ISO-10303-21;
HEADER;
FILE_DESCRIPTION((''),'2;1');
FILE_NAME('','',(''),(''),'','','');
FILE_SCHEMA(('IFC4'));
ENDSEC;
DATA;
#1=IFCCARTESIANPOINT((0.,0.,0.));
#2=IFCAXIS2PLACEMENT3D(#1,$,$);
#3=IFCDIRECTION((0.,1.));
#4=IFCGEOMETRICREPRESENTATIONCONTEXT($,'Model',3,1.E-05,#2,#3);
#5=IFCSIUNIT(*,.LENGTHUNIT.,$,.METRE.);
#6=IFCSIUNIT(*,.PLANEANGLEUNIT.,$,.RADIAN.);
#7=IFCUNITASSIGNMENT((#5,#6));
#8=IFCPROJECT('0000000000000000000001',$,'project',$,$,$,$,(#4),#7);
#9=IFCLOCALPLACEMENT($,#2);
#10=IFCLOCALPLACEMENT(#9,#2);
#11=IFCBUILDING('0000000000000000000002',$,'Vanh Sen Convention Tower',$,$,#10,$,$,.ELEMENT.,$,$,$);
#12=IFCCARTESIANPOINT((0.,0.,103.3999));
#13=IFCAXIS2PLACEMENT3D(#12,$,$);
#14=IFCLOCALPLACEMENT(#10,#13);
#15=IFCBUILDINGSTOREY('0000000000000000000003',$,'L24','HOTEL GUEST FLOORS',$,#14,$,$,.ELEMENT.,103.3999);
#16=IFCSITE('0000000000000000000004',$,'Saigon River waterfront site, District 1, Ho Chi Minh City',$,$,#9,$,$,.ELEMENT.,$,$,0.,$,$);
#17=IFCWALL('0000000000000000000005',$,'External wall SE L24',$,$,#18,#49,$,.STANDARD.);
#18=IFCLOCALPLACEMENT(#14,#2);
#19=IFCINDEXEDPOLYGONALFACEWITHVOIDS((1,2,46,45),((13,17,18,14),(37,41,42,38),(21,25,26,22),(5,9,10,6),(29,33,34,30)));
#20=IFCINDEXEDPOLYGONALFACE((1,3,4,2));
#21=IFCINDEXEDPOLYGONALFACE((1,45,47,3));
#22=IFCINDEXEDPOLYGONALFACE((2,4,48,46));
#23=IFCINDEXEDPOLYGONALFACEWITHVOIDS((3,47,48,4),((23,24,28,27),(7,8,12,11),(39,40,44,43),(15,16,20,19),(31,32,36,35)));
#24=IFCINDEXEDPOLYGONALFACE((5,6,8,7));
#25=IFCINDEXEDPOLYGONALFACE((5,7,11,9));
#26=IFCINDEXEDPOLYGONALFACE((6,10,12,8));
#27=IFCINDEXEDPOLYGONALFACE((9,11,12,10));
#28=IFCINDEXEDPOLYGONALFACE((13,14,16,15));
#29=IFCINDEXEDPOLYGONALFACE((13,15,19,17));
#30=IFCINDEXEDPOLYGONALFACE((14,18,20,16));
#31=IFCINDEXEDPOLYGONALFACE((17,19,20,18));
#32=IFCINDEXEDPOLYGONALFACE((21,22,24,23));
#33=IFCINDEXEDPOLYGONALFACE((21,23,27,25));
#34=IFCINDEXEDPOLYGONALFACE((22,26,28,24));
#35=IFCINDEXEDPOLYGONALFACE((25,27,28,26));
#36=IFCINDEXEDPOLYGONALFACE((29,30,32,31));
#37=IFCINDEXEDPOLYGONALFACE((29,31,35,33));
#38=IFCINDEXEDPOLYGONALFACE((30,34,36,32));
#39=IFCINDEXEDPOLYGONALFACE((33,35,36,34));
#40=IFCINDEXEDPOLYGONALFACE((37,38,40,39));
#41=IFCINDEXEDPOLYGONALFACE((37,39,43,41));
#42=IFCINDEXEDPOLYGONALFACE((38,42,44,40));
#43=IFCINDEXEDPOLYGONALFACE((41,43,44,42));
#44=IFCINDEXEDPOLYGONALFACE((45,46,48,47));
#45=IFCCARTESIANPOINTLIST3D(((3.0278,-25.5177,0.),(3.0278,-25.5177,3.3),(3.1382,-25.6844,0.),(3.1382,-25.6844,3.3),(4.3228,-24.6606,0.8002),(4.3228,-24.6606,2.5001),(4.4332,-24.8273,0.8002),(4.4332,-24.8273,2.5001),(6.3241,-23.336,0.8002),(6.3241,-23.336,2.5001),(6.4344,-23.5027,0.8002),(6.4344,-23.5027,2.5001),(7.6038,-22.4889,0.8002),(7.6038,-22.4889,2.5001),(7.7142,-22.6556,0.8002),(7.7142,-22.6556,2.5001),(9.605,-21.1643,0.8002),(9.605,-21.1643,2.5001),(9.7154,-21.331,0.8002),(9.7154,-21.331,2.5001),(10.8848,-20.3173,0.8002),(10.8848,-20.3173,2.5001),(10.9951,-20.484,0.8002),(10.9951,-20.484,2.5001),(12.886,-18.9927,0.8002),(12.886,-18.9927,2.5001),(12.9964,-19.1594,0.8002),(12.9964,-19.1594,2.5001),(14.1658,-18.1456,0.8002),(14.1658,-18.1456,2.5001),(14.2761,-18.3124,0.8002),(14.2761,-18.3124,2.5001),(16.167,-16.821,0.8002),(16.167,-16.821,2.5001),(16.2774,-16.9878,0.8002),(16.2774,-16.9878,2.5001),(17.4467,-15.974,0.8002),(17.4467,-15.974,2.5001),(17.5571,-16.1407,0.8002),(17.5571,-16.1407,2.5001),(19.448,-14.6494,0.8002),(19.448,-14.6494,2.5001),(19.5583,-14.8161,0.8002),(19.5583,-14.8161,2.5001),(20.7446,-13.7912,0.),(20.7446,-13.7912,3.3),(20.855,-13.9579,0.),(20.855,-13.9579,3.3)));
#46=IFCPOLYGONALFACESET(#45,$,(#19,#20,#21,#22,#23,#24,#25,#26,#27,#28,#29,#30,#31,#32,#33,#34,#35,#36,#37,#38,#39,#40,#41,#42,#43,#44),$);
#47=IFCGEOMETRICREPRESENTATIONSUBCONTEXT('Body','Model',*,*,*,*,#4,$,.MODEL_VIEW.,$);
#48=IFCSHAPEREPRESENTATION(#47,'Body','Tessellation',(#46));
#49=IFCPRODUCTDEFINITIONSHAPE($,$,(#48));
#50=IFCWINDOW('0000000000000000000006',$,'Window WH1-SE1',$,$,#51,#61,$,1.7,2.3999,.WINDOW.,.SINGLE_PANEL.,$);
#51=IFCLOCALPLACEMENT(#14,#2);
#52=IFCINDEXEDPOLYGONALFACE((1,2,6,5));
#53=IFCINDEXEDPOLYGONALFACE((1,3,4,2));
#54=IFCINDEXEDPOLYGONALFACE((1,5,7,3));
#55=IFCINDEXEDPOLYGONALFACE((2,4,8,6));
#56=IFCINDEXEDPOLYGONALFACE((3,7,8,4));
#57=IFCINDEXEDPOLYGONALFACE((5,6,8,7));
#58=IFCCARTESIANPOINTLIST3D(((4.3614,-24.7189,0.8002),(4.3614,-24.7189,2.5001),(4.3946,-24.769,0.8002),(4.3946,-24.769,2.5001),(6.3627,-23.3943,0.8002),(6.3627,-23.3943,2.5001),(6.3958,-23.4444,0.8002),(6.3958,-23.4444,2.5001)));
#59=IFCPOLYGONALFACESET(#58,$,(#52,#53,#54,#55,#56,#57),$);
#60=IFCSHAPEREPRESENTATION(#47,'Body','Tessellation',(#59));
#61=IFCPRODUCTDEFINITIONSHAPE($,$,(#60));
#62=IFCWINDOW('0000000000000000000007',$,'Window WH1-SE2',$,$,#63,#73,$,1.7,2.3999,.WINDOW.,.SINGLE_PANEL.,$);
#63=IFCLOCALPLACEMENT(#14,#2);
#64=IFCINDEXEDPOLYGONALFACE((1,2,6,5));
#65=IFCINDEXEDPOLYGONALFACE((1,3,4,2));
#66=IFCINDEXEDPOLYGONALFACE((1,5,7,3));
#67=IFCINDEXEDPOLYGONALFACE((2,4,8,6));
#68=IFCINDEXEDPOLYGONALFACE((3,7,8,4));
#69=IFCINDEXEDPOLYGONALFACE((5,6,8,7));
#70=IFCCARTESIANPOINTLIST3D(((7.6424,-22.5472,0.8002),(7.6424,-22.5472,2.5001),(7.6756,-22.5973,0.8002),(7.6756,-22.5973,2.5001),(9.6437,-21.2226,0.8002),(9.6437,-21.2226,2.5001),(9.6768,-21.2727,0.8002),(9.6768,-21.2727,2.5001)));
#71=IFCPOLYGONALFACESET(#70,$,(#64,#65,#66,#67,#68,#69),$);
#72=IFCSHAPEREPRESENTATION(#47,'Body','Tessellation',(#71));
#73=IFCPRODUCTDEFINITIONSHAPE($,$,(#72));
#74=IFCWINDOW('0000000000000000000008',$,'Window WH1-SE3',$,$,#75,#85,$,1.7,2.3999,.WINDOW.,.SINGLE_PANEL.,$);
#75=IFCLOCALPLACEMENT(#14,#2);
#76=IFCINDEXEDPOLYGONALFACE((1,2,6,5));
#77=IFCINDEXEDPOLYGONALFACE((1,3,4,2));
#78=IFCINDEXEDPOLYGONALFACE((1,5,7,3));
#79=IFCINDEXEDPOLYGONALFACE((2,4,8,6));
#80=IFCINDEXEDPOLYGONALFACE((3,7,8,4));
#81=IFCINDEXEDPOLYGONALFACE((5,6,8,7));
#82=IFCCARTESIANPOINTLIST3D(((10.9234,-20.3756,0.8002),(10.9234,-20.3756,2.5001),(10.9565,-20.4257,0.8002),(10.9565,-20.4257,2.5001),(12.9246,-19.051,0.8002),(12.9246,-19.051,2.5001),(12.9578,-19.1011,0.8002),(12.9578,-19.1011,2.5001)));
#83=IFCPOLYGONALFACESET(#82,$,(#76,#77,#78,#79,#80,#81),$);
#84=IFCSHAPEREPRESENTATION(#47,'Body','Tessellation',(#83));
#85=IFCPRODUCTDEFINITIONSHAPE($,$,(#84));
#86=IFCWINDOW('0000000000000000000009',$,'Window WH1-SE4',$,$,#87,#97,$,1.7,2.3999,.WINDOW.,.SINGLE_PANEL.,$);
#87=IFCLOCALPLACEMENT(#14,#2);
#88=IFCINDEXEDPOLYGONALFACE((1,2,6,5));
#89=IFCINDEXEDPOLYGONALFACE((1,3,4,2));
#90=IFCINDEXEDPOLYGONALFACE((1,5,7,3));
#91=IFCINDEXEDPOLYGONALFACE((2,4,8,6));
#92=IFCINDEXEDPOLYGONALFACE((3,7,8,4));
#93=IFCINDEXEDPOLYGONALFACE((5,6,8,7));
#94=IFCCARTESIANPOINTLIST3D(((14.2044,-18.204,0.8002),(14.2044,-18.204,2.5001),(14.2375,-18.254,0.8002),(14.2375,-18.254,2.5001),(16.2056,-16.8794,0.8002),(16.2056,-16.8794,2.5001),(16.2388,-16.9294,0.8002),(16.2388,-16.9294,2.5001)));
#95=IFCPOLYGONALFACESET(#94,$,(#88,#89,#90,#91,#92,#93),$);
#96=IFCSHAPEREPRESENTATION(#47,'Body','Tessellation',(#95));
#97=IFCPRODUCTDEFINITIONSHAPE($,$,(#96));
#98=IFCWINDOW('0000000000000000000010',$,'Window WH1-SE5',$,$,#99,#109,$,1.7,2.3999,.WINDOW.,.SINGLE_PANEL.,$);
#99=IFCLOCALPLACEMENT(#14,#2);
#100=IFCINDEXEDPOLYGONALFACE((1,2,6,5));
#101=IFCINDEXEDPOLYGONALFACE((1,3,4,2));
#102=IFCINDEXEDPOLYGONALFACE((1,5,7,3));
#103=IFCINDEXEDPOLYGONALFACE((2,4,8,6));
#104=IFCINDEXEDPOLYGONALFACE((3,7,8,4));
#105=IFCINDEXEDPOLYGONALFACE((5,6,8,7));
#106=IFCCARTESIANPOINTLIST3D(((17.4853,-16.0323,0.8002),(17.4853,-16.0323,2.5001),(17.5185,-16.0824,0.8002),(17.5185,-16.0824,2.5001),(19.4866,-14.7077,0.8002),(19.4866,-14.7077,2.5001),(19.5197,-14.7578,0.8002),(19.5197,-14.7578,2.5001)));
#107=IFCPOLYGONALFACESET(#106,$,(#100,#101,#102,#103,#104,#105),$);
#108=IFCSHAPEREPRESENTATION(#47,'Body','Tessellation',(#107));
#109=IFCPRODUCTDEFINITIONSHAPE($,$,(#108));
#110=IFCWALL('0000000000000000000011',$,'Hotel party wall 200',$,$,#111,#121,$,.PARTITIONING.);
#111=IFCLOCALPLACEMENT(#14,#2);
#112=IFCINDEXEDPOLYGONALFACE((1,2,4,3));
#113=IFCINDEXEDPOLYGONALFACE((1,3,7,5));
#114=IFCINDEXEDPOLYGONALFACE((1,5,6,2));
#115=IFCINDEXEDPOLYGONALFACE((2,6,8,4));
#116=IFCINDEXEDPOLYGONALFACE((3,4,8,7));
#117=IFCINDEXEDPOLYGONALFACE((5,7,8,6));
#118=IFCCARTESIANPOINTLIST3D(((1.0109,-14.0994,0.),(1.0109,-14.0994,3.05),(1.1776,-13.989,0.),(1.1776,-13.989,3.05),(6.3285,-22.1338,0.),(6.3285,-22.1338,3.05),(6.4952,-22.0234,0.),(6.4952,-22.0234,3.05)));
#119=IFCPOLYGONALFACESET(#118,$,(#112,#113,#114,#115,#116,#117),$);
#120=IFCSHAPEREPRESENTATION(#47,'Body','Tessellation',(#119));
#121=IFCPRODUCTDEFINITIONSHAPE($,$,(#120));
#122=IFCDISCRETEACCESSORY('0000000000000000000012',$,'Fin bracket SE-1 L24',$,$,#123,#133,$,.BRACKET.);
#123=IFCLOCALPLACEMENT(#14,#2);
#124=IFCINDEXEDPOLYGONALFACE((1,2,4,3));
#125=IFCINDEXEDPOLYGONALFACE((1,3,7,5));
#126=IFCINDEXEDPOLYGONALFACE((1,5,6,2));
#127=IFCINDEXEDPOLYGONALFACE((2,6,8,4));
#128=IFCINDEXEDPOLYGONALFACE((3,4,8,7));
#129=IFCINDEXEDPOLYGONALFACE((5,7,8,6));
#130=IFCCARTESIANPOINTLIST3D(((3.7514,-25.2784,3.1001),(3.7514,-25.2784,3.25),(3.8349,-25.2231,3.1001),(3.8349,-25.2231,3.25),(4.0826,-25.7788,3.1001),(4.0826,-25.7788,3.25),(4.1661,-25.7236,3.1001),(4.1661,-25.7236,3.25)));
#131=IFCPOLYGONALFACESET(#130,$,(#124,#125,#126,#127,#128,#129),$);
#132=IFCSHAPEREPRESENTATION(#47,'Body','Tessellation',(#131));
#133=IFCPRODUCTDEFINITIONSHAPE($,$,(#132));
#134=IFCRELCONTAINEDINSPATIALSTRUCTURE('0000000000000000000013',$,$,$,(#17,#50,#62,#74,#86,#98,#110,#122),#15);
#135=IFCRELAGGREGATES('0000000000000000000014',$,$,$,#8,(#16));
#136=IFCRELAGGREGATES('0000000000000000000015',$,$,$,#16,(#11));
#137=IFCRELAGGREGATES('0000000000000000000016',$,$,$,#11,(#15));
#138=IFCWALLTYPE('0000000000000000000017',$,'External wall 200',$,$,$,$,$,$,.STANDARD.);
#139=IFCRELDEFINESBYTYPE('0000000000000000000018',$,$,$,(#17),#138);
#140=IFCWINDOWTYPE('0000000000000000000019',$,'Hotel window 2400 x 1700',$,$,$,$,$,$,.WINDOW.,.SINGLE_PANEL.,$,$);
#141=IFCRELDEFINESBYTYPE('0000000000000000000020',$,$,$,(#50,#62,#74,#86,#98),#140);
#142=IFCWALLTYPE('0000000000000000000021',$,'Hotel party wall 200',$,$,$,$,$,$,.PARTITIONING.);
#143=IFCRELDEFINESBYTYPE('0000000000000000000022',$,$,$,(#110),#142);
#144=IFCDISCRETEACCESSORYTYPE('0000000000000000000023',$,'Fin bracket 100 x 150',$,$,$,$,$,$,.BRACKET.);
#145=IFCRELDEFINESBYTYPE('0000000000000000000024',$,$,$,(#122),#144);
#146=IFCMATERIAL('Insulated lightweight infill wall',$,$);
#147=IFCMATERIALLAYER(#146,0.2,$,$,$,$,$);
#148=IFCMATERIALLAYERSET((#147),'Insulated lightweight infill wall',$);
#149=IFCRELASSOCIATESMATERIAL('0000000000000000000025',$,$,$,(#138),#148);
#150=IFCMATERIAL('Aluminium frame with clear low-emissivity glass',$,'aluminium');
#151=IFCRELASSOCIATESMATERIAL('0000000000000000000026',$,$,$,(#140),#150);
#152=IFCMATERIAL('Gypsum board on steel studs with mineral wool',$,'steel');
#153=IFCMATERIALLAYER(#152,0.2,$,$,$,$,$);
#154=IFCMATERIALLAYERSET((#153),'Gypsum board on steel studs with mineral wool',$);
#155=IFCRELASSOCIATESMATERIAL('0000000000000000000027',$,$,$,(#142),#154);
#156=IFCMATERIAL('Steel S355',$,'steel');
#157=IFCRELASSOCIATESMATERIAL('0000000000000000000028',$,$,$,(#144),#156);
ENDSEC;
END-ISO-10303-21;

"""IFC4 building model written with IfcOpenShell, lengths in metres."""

from ifc_helpers import new_model, si_unit, direction, frame, frame_2d, origin, origin_2d, place, context, subcontext, project, spatial, rectangle, extrude, material, layer, layer_set, type_object, element, fill, save


model = new_model("IFC4")

# Units and contexts
model_context = context("Model", 3, precision=1e-05, world=origin(), true_north=direction((0.0, 1.0)))
body_context = subcontext(model_context, "Body", "Model", "MODEL_VIEW")
ifc_project = project(units=[si_unit("LENGTHUNIT", "METRE"), si_unit("PLANEANGLEUNIT", "RADIAN")], contexts=[model_context])

# Site, building, storey
site_placement = place(None, origin())
site = spatial("IfcSite", under=ifc_project, at=site_placement, Name="Saigon River waterfront site, District 1, Ho Chi Minh City", CompositionType="ELEMENT", RefElevation=0.0)
building_placement = place(site_placement, origin())
building = spatial("IfcBuilding", under=site, at=building_placement, Name="Vanh Sen Convention Tower", CompositionType="ELEMENT")
storey_placement = place(building_placement, frame((0.0, 0.0, 103.3999)))
storey = spatial("IfcBuildingStorey", under=building, at=storey_placement, Name="L24", Description="HOTEL GUEST FLOORS", CompositionType="ELEMENT", Elevation=103.3999)

# Shared definitions
ifc_material_1 = material(Name="Gypsum board on steel studs with mineral wool", Category="steel")

# Wall, openings, windows
ifc_material_2 = material(Name="Insulated lightweight infill wall")
ifc_layer_1 = layer(ifc_material_2, 0.2)
ifc_layer_set_1 = layer_set([ifc_layer_1], Name="Insulated lightweight infill wall")
wall_type_1 = type_object("IfcWallType", Name="External wall 200", PredefinedType="STANDARD", material=ifc_layer_set_1)
wall_1_placement = place(storey_placement, frame((3.083, -25.6011, 0.0), z_axis=(0.0, 0.0, 1.0), x_axis=(0.833884, 0.551939, 0.0)))
wall_1 = element("IfcWall", 1, at=wall_1_placement, inside=storey, type_object=wall_type_1, Name="External wall SE L24", PredefinedType="STANDARD", context=body_context, shape_type="SweptSolid", body=[
    extrude(rectangle(XDim=21.2461, YDim=0.2, at=frame_2d((10.623, 0.0))), origin(), (0.0, 0.0, 1.0), 3.3),
])
opening_1_placement = place(wall_1_placement, frame((1.553, 0.0, 0.8)))
opening_1 = element("IfcOpeningElement", 2, at=opening_1_placement, cuts=wall_1, PredefinedType="OPENING", context=body_context, shape_type="SweptSolid", body=[
    extrude(rectangle(XDim=2.3999, YDim=1.7, at=frame_2d((1.2, 0.8501))), frame((0.0, 0.1099, 0.0), z_axis=(0.0, -1.0, 0.0), x_axis=(1.0, 0.0, 0.0)), (0.0, 0.0, 1.0), 0.22),
])
opening_2_placement = place(wall_1_placement, frame((5.4875, 0.0, 0.8)))
opening_2 = element("IfcOpeningElement", 3, at=opening_2_placement, cuts=wall_1, PredefinedType="OPENING", context=body_context, shape_type="SweptSolid", body=[
    extrude(rectangle(XDim=2.3999, YDim=1.7, at=frame_2d((1.2, 0.8501))), frame((0.0, 0.1099, 0.0), z_axis=(0.0, -1.0, 0.0), x_axis=(1.0, 0.0, 0.0)), (0.0, 0.0, 1.0), 0.22),
])
opening_3_placement = place(wall_1_placement, frame((9.4221, 0.0, 0.8)))
opening_3 = element("IfcOpeningElement", 4, at=opening_3_placement, cuts=wall_1, PredefinedType="OPENING", context=body_context, shape_type="SweptSolid", body=[
    extrude(rectangle(XDim=2.3999, YDim=1.7, at=frame_2d((1.2, 0.8501))), frame((0.0, 0.1099, 0.0), z_axis=(0.0, -1.0, 0.0), x_axis=(1.0, 0.0, 0.0)), (0.0, 0.0, 1.0), 0.22),
])
opening_4_placement = place(wall_1_placement, frame((13.3567, 0.0, 0.8)))
opening_4 = element("IfcOpeningElement", 5, at=opening_4_placement, cuts=wall_1, PredefinedType="OPENING", context=body_context, shape_type="SweptSolid", body=[
    extrude(rectangle(XDim=2.3999, YDim=1.7, at=frame_2d((1.2, 0.8501))), frame((0.0, 0.1099, 0.0), z_axis=(0.0, -1.0, 0.0), x_axis=(1.0, 0.0, 0.0)), (0.0, 0.0, 1.0), 0.22),
])
opening_5_placement = place(wall_1_placement, frame((17.2913, 0.0, 0.8)))
opening_5 = element("IfcOpeningElement", 6, at=opening_5_placement, cuts=wall_1, PredefinedType="OPENING", context=body_context, shape_type="SweptSolid", body=[
    extrude(rectangle(XDim=2.3999, YDim=1.7, at=frame_2d((1.2, 0.8501))), frame((0.0, 0.1099, 0.0), z_axis=(0.0, -1.0, 0.0), x_axis=(1.0, 0.0, 0.0)), (0.0, 0.0, 1.0), 0.22),
])
ifc_material_3 = material(Name="Aluminium frame with clear low-emissivity glass", Category="aluminium")
window_type = type_object("IfcWindowType", Name="Hotel window 2400 x 1700", PartitioningType="SINGLE_PANEL", PredefinedType="WINDOW", material=ifc_material_3)
window_1_placement = place(opening_1_placement, origin())
window_1 = element("IfcWindow", 7, at=window_1_placement, inside=storey, type_object=window_type, Name="Window WH1-SE1", OverallHeight=1.7, OverallWidth=2.3999, PartitioningType="SINGLE_PANEL", PredefinedType="WINDOW", context=body_context, shape_type="SweptSolid", body=[
    extrude(rectangle(XDim=2.3999, YDim=1.7, at=frame_2d((1.2, 0.8501))), frame((0.0, 0.03, 0.0), z_axis=(0.0, -1.0, 0.0), x_axis=(1.0, 0.0, 0.0)), (0.0, 0.0, 1.0), 0.0601),
])
fill(opening_1, window_1)
window_2_placement = place(opening_2_placement, origin())
window_2 = element("IfcWindow", 8, at=window_2_placement, inside=storey, type_object=window_type, Name="Window WH1-SE2", OverallHeight=1.7, OverallWidth=2.3999, PartitioningType="SINGLE_PANEL", PredefinedType="WINDOW", context=body_context, shape_type="SweptSolid", body=[
    extrude(rectangle(XDim=2.3999, YDim=1.7, at=frame_2d((1.2, 0.8501))), frame((0.0, 0.03, 0.0), z_axis=(0.0, -1.0, 0.0), x_axis=(1.0, 0.0, 0.0)), (0.0, 0.0, 1.0), 0.0601),
])
fill(opening_2, window_2)
window_3_placement = place(opening_3_placement, origin())
window_3 = element("IfcWindow", 9, at=window_3_placement, inside=storey, type_object=window_type, Name="Window WH1-SE3", OverallHeight=1.7, OverallWidth=2.3999, PartitioningType="SINGLE_PANEL", PredefinedType="WINDOW", context=body_context, shape_type="SweptSolid", body=[
    extrude(rectangle(XDim=2.3999, YDim=1.7, at=frame_2d((1.2, 0.8501))), frame((0.0, 0.03, 0.0), z_axis=(0.0, -1.0, 0.0), x_axis=(1.0, 0.0, 0.0)), (0.0, 0.0, 1.0), 0.0601),
])
fill(opening_3, window_3)
window_4_placement = place(opening_4_placement, origin())
window_4 = element("IfcWindow", 10, at=window_4_placement, inside=storey, type_object=window_type, Name="Window WH1-SE4", OverallHeight=1.7, OverallWidth=2.3999, PartitioningType="SINGLE_PANEL", PredefinedType="WINDOW", context=body_context, shape_type="SweptSolid", body=[
    extrude(rectangle(XDim=2.3999, YDim=1.7, at=frame_2d((1.2, 0.8501))), frame((0.0, 0.03, 0.0), z_axis=(0.0, -1.0, 0.0), x_axis=(1.0, 0.0, 0.0)), (0.0, 0.0, 1.0), 0.0601),
])
fill(opening_4, window_4)
window_5_placement = place(opening_5_placement, origin())
window_5 = element("IfcWindow", 11, at=window_5_placement, inside=storey, type_object=window_type, Name="Window WH1-SE5", OverallHeight=1.7, OverallWidth=2.3999, PartitioningType="SINGLE_PANEL", PredefinedType="WINDOW", context=body_context, shape_type="SweptSolid", body=[
    extrude(rectangle(XDim=2.3999, YDim=1.7, at=frame_2d((1.2, 0.8501))), frame((0.0, 0.03, 0.0), z_axis=(0.0, -1.0, 0.0), x_axis=(1.0, 0.0, 0.0)), (0.0, 0.0, 1.0), 0.0601),
])
fill(opening_5, window_5)

# Wall
ifc_layer_2 = layer(ifc_material_1, 0.2)
ifc_layer_set_2 = layer_set([ifc_layer_2], Name="Gypsum board on steel studs with mineral wool")
wall_type_2 = type_object("IfcWallType", Name="Hotel party wall 200", PredefinedType="PARTITIONING", material=ifc_layer_set_2)
wall_2_placement = place(storey_placement, frame((6.4119, -22.0786, 0.0), z_axis=(0.0, 0.0, 1.0), x_axis=(-0.55192, 0.833897, 0.0)))
element("IfcWall", 12, at=wall_2_placement, inside=storey, type_object=wall_type_2, Name="Hotel party wall 200", PredefinedType="PARTITIONING", context=body_context, shape_type="SweptSolid", body=[
    extrude(rectangle(XDim=9.6348, YDim=0.2, at=frame_2d((4.8174, 0.0))), origin(), (0.0, 0.0, 1.0), 3.05),
])

# Discrete accessory
ifc_material_4 = material(Name="Steel S355", Category="steel")
discrete_accessory_type = type_object("IfcDiscreteAccessoryType", Name="Fin bracket 100 x 150", PredefinedType="BRACKET", material=ifc_material_4)
discrete_accessory_placement = place(storey_placement, frame((3.9587, -25.501, 3.1001), z_axis=(0.0, 0.0, 1.0), x_axis=(0.551937, -0.833886, 0.0)))
element("IfcDiscreteAccessory", 13, at=discrete_accessory_placement, inside=storey, type_object=discrete_accessory_type, Name="Fin bracket SE-1 L24", PredefinedType="BRACKET", context=body_context, shape_type="SweptSolid", body=[
    extrude(rectangle(XDim=0.6001, YDim=0.1001, at=origin_2d()), origin(), (0.0, 0.0, 1.0), 0.1499),
])

save(model, "model.ifc")
